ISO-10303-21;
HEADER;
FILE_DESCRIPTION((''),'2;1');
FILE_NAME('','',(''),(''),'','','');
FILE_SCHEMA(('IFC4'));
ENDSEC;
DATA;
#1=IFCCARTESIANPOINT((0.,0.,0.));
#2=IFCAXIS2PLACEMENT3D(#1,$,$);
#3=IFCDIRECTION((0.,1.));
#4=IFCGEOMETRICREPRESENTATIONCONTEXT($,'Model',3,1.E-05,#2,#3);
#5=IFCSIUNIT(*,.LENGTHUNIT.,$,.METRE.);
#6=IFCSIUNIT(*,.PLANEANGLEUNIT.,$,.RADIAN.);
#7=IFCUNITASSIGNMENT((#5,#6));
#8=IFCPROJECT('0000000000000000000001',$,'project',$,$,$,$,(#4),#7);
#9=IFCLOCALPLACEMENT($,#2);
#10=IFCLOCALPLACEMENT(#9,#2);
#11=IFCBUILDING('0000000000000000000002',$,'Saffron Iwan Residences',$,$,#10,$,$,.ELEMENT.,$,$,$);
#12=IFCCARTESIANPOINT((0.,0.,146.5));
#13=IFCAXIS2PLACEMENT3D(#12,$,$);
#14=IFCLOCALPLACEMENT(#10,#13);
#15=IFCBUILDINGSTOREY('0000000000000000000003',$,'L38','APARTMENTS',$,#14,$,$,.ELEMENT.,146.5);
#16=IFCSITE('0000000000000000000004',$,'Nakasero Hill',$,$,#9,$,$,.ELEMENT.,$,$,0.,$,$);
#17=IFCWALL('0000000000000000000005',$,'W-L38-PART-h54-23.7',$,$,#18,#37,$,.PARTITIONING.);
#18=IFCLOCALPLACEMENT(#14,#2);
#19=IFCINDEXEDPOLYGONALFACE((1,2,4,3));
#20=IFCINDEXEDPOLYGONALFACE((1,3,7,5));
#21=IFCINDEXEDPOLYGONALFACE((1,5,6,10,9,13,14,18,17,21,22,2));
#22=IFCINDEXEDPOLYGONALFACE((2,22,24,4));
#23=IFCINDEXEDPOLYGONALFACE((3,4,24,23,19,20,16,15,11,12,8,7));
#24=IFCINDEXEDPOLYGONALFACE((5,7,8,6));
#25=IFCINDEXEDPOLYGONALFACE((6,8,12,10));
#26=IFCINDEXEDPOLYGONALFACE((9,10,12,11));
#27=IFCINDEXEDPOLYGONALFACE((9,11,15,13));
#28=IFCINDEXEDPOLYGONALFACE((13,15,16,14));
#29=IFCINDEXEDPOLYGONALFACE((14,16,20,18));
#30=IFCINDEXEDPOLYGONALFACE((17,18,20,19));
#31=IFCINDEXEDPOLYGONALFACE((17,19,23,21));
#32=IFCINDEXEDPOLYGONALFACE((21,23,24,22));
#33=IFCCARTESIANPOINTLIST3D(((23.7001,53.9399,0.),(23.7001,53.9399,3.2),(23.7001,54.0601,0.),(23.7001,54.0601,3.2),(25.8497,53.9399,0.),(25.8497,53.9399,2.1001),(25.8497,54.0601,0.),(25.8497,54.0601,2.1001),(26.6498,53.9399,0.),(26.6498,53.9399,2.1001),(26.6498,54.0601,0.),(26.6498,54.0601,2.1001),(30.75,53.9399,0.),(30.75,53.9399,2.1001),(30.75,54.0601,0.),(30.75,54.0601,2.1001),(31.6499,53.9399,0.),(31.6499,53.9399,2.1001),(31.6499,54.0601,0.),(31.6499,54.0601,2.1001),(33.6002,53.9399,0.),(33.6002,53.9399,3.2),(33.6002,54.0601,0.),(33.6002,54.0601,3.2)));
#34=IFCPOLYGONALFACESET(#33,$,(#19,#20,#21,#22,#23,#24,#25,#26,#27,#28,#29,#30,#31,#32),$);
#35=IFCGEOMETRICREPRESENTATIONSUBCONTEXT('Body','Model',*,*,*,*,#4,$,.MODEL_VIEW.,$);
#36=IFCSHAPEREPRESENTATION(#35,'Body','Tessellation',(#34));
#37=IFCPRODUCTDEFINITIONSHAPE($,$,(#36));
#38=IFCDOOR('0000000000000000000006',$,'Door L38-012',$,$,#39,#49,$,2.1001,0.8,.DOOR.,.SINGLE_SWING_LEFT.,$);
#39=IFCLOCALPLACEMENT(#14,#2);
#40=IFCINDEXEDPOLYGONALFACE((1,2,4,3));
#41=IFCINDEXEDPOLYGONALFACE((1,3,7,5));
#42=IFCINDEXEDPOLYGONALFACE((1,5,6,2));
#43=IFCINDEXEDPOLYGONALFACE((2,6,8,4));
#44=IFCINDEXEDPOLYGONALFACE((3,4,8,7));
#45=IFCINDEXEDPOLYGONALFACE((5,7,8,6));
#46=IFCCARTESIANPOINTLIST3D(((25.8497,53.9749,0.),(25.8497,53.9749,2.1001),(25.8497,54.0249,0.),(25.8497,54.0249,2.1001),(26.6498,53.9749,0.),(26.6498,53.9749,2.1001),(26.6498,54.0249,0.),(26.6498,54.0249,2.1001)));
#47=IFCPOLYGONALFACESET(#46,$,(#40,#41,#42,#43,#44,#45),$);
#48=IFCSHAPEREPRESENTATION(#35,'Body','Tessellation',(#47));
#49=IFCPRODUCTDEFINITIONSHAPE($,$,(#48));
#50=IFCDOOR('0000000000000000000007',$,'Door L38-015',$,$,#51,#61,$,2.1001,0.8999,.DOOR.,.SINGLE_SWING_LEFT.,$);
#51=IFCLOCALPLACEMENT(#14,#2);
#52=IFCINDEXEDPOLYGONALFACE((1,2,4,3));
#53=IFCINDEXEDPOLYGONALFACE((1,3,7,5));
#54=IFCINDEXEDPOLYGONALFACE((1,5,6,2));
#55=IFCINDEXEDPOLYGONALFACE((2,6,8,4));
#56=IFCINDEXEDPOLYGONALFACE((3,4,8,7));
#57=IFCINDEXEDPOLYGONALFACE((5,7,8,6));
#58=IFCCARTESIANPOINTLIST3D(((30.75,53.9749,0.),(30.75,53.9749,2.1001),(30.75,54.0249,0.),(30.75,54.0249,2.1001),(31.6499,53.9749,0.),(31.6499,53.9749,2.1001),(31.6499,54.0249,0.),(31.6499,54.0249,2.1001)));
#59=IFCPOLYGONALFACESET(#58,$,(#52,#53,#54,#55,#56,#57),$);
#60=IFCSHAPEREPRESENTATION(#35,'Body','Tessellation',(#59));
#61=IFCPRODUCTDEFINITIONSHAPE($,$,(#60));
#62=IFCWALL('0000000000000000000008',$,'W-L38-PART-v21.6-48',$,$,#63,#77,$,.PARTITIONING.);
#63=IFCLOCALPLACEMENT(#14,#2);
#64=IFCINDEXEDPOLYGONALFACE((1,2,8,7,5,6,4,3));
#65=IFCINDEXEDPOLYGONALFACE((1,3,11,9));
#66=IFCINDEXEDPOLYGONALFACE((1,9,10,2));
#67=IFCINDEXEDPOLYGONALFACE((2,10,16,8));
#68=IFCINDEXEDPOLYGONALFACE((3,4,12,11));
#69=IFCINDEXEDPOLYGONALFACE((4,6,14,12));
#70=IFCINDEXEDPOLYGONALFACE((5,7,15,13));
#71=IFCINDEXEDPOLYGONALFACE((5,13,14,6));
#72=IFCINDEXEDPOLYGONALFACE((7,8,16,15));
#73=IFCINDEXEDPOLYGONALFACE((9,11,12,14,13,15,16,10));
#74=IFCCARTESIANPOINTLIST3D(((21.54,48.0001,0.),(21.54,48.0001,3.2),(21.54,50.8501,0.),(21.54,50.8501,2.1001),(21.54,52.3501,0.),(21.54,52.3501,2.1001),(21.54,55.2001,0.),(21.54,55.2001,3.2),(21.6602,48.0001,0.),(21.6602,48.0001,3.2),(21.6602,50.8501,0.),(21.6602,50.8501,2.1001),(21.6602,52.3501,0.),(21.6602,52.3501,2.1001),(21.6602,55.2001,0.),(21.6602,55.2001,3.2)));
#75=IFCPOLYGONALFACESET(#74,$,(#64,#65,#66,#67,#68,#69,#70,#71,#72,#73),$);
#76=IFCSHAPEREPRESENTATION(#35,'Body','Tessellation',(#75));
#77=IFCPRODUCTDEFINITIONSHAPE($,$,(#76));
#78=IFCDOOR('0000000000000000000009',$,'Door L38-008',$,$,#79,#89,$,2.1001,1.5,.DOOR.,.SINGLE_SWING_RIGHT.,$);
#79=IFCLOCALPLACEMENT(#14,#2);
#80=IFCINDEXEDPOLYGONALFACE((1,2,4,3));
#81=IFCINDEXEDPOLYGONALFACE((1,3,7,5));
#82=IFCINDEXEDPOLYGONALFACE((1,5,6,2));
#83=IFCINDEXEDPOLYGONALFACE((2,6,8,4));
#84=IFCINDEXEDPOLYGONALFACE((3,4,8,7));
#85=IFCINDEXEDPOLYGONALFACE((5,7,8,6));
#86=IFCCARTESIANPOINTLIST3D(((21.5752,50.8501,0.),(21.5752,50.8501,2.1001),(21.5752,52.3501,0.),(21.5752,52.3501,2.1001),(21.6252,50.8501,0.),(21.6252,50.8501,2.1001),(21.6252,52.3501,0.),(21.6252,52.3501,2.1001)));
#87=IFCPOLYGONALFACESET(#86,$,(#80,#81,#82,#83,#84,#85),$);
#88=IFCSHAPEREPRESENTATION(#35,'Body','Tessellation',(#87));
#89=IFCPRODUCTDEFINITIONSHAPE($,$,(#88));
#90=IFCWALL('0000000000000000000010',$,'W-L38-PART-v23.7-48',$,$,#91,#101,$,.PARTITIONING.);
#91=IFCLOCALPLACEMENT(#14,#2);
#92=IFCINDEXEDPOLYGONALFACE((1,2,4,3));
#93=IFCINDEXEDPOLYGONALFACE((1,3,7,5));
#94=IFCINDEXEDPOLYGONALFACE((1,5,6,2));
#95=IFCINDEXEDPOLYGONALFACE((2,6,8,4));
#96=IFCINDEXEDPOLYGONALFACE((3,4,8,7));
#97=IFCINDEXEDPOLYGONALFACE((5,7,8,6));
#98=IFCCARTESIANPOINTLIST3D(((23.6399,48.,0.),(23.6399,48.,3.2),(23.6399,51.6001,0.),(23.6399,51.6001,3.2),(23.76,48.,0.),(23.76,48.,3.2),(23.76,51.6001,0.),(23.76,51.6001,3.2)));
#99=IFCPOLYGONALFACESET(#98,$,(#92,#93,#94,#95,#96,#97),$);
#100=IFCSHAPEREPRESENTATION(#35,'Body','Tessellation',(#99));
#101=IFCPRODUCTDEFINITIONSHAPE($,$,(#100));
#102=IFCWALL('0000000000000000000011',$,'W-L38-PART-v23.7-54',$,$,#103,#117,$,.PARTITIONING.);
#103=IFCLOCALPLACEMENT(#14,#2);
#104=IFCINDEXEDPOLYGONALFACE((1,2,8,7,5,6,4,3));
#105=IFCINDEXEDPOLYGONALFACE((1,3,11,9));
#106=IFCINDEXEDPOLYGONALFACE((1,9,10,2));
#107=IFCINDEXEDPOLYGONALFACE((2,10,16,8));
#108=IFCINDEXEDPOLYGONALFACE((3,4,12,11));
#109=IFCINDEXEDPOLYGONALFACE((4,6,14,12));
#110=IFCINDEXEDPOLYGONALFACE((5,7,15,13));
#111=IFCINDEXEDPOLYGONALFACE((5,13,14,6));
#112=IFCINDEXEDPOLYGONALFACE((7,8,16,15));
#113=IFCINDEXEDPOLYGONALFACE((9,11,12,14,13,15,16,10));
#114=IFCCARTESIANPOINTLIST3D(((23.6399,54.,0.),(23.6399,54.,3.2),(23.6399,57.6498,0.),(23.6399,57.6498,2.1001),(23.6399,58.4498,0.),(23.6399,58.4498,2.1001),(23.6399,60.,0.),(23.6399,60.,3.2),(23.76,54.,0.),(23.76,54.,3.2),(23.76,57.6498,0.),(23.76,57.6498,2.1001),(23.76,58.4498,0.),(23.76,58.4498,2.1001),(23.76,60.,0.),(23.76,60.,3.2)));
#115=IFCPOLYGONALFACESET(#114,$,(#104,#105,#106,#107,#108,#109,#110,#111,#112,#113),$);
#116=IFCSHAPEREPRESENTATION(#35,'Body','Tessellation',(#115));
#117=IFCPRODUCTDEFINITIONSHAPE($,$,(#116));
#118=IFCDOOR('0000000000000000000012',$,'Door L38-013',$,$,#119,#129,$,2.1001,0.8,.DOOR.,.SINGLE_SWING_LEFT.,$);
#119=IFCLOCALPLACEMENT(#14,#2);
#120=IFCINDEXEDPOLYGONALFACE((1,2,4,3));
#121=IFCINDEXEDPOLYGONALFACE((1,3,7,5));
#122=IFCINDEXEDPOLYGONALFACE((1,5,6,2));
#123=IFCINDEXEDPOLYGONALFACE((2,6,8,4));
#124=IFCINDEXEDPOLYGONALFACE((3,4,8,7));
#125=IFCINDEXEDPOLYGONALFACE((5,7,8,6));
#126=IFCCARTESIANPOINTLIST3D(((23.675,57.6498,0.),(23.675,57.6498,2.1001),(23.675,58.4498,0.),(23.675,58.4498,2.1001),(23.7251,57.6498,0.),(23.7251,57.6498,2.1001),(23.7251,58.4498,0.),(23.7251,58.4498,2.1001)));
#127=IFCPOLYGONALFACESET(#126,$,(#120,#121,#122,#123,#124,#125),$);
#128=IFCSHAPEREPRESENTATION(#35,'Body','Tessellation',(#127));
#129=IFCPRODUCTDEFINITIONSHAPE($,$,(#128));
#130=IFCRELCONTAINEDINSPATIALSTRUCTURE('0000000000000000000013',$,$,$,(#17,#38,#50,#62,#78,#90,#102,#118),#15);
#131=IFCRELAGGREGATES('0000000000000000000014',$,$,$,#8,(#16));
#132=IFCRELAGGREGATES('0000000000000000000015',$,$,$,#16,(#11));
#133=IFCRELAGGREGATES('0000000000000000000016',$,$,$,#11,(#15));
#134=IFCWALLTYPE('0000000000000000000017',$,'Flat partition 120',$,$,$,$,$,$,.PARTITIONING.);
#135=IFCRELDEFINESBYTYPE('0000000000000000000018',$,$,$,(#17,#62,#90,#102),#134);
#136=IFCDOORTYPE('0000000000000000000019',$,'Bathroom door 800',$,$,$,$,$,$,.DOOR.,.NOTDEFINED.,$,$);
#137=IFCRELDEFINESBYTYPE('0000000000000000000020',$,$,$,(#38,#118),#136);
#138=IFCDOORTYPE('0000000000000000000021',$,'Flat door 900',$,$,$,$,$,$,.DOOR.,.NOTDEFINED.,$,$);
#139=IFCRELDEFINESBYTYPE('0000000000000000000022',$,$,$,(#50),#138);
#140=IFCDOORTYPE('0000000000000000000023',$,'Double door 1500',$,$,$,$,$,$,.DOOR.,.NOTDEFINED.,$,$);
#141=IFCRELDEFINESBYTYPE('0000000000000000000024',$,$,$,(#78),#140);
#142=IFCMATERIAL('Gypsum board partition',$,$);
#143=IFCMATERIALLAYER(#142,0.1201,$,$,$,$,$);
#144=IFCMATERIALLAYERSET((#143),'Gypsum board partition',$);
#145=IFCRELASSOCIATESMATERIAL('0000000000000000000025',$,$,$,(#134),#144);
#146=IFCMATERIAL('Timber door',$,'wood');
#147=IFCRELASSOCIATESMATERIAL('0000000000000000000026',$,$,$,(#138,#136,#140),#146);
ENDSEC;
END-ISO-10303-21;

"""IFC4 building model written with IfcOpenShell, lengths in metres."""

from ifc_helpers import new_model, si_unit, direction, frame, frame_2d, origin, place, context, subcontext, project, spatial, rectangle, extrude, material, layer, layer_set, type_object, element, fill, save


model = new_model("IFC4")

# Units and contexts
model_context = context("Model", 3, precision=1e-05, world=origin(), true_north=direction((0.0, 1.0)))
body_context = subcontext(model_context, "Body", "Model", "MODEL_VIEW")
ifc_project = project(units=[si_unit("LENGTHUNIT", "METRE"), si_unit("PLANEANGLEUNIT", "RADIAN")], contexts=[model_context])

# Site, building, storey
site_placement = place(None, origin())
site = spatial("IfcSite", under=ifc_project, at=site_placement, Name="Nakasero Hill", CompositionType="ELEMENT", RefElevation=0.0)
building_placement = place(site_placement, origin())
building = spatial("IfcBuilding", under=site, at=building_placement, Name="Saffron Iwan Residences", CompositionType="ELEMENT")
storey_placement = place(building_placement, frame((0.0, 0.0, 146.5)))
storey = spatial("IfcBuildingStorey", under=building, at=storey_placement, Name="L38", Description="APARTMENTS", CompositionType="ELEMENT", Elevation=146.5)

# Shared definitions
ifc_material_1 = material(Name="Gypsum board partition")
ifc_layer = layer(ifc_material_1, 0.1201)
ifc_layer_set = layer_set([ifc_layer], Name="Gypsum board partition")
wall_type = type_object("IfcWallType", Name="Flat partition 120", PredefinedType="PARTITIONING", material=ifc_layer_set)
ifc_material_2 = material(Name="Timber door", Category="wood")
door_type_1 = type_object("IfcDoorType", Name="Flat door 900", OperationType="NOTDEFINED", PredefinedType="DOOR", material=ifc_material_2)

# Wall, openings, doors
wall_1_placement = place(storey_placement, frame((23.7, 54.0, 0.0), z_axis=(0.0, 0.0, 1.0), x_axis=(1.0, 0.0, 0.0)))
wall_1 = element("IfcWall", 1, at=wall_1_placement, inside=storey, type_object=wall_type, Name="W-L38-PART-h54-23.7", PredefinedType="PARTITIONING", context=body_context, shape_type="SweptSolid", body=[
    extrude(rectangle(XDim=9.9001, YDim=0.1201, at=frame_2d((4.9502, 0.0))), origin(), (0.0, 0.0, 1.0), 3.2),
])
opening_1_placement = place(wall_1_placement, frame((2.1499, 0.0, 0.0)))
opening_1 = element("IfcOpeningElement", 2, at=opening_1_placement, cuts=wall_1, PredefinedType="OPENING", context=body_context, shape_type="SweptSolid", body=[
    extrude(rectangle(XDim=0.8, YDim=2.1001, at=frame_2d((0.3999, 1.05))), frame((0.0, 0.0701, 0.0), z_axis=(0.0, -1.0, 0.0), x_axis=(1.0, 0.0, 0.0)), (0.0, 0.0, 1.0), 0.1401),
])
opening_2_placement = place(wall_1_placement, frame((7.05, 0.0, 0.0)))
opening_2 = element("IfcOpeningElement", 3, at=opening_2_placement, cuts=wall_1, PredefinedType="OPENING", context=body_context, shape_type="SweptSolid", body=[
    extrude(rectangle(XDim=0.8999, YDim=2.1001, at=frame_2d((0.45, 1.05))), frame((0.0, 0.0701, 0.0), z_axis=(0.0, -1.0, 0.0), x_axis=(1.0, 0.0, 0.0)), (0.0, 0.0, 1.0), 0.1401),
])
door_type_2 = type_object("IfcDoorType", Name="Bathroom door 800", OperationType="NOTDEFINED", PredefinedType="DOOR", material=ifc_material_2)
door_1_placement = place(opening_1_placement, origin())
door_1 = element("IfcDoor", 4, at=door_1_placement, inside=storey, type_object=door_type_2, Name="Door L38-012", OperationType="SINGLE_SWING_LEFT", OverallHeight=2.1001, OverallWidth=0.8, PredefinedType="DOOR", context=body_context, shape_type="SweptSolid", body=[
    extrude(rectangle(XDim=0.8, YDim=2.1001, at=frame_2d((0.3999, 1.05))), frame((0.0, 0.0249, 0.0), z_axis=(0.0, -1.0, 0.0), x_axis=(1.0, 0.0, 0.0)), (0.0, 0.0, 1.0), 0.05),
])
fill(opening_1, door_1)
door_2_placement = place(opening_2_placement, origin())
door_2 = element("IfcDoor", 5, at=door_2_placement, inside=storey, type_object=door_type_1, Name="Door L38-015", OperationType="SINGLE_SWING_LEFT", OverallHeight=2.1001, OverallWidth=0.8999, PredefinedType="DOOR", context=body_context, shape_type="SweptSolid", body=[
    extrude(rectangle(XDim=0.8999, YDim=2.1001, at=frame_2d((0.45, 1.05))), frame((0.0, 0.0249, 0.0), z_axis=(0.0, -1.0, 0.0), x_axis=(1.0, 0.0, 0.0)), (0.0, 0.0, 1.0), 0.05),
])
fill(opening_2, door_2)

# Wall, opening, door
wall_2_placement = place(storey_placement, frame((21.6001, 48.0, 0.0), z_axis=(0.0, 0.0, 1.0), x_axis=(0.0, 1.0, 0.0)))
wall_2 = element("IfcWall", 6, at=wall_2_placement, inside=storey, type_object=wall_type, Name="W-L38-PART-v21.6-48", PredefinedType="PARTITIONING", context=body_context, shape_type="SweptSolid", body=[
    extrude(rectangle(XDim=7.2, YDim=0.1201, at=frame_2d((3.6001, 0.0))), origin(), (0.0, 0.0, 1.0), 3.2),
])
opening_3_placement = place(wall_2_placement, frame((2.8501, 0.0, 0.0)))
opening_3 = element("IfcOpeningElement", 7, at=opening_3_placement, cuts=wall_2, PredefinedType="OPENING", context=body_context, shape_type="SweptSolid", body=[
    extrude(rectangle(XDim=1.5, YDim=2.1001, at=frame_2d((0.75, 1.05))), frame((0.0, 0.0701, 0.0), z_axis=(0.0, -1.0, 0.0), x_axis=(1.0, 0.0, 0.0)), (0.0, 0.0, 1.0), 0.1401),
])
door_type_3 = type_object("IfcDoorType", Name="Double door 1500", OperationType="NOTDEFINED", PredefinedType="DOOR", material=ifc_material_2)
door_3_placement = place(opening_3_placement, origin())
door_3 = element("IfcDoor", 8, at=door_3_placement, inside=storey, type_object=door_type_3, Name="Door L38-008", OperationType="SINGLE_SWING_RIGHT", OverallHeight=2.1001, OverallWidth=1.5, PredefinedType="DOOR", context=body_context, shape_type="SweptSolid", body=[
    extrude(rectangle(XDim=1.5, YDim=2.1001, at=frame_2d((0.75, 1.05))), frame((0.0, 0.0249, 0.0), z_axis=(0.0, -1.0, 0.0), x_axis=(1.0, 0.0, 0.0)), (0.0, 0.0, 1.0), 0.05),
])
fill(opening_3, door_3)

# Wall
wall_3_placement = place(storey_placement, frame((23.7, 48.0, 0.0), z_axis=(0.0, 0.0, 1.0), x_axis=(0.0, 1.0, 0.0)))
element("IfcWall", 9, at=wall_3_placement, inside=storey, type_object=wall_type, Name="W-L38-PART-v23.7-48", PredefinedType="PARTITIONING", context=body_context, shape_type="SweptSolid", body=[
    extrude(rectangle(XDim=3.6001, YDim=0.1201, at=frame_2d((1.8, 0.0))), origin(), (0.0, 0.0, 1.0), 3.2),
])

# Wall, opening, door
wall_4_placement = place(storey_placement, frame((23.7, 54.0, 0.0), z_axis=(0.0, 0.0, 1.0), x_axis=(0.0, 1.0, 0.0)))
wall_4 = element("IfcWall", 10, at=wall_4_placement, inside=storey, type_object=wall_type, Name="W-L38-PART-v23.7-54", PredefinedType="PARTITIONING", context=body_context, shape_type="SweptSolid", body=[
    extrude(rectangle(XDim=6.0, YDim=0.1201, at=frame_2d((3.0, 0.0))), origin(), (0.0, 0.0, 1.0), 3.2),
])
opening_4_placement = place(wall_4_placement, frame((3.6499, 0.0, 0.0)))
opening_4 = element("IfcOpeningElement", 11, at=opening_4_placement, cuts=wall_4, PredefinedType="OPENING", context=body_context, shape_type="SweptSolid", body=[
    extrude(rectangle(XDim=0.8, YDim=2.1001, at=frame_2d((0.3999, 1.05))), frame((0.0, 0.0701, 0.0), z_axis=(0.0, -1.0, 0.0), x_axis=(1.0, 0.0, 0.0)), (0.0, 0.0, 1.0), 0.1401),
])
door_4_placement = place(opening_4_placement, origin())
door_4 = element("IfcDoor", 12, at=door_4_placement, inside=storey, type_object=door_type_2, Name="Door L38-013", OperationType="SINGLE_SWING_LEFT", OverallHeight=2.1001, OverallWidth=0.8, PredefinedType="DOOR", context=body_context, shape_type="SweptSolid", body=[
    extrude(rectangle(XDim=0.8, YDim=2.1001, at=frame_2d((0.3999, 1.05))), frame((0.0, 0.0249, 0.0), z_axis=(0.0, -1.0, 0.0), x_axis=(1.0, 0.0, 0.0)), (0.0, 0.0, 1.0), 0.05),
])
fill(opening_4, door_4)

save(model, "model.ifc")
